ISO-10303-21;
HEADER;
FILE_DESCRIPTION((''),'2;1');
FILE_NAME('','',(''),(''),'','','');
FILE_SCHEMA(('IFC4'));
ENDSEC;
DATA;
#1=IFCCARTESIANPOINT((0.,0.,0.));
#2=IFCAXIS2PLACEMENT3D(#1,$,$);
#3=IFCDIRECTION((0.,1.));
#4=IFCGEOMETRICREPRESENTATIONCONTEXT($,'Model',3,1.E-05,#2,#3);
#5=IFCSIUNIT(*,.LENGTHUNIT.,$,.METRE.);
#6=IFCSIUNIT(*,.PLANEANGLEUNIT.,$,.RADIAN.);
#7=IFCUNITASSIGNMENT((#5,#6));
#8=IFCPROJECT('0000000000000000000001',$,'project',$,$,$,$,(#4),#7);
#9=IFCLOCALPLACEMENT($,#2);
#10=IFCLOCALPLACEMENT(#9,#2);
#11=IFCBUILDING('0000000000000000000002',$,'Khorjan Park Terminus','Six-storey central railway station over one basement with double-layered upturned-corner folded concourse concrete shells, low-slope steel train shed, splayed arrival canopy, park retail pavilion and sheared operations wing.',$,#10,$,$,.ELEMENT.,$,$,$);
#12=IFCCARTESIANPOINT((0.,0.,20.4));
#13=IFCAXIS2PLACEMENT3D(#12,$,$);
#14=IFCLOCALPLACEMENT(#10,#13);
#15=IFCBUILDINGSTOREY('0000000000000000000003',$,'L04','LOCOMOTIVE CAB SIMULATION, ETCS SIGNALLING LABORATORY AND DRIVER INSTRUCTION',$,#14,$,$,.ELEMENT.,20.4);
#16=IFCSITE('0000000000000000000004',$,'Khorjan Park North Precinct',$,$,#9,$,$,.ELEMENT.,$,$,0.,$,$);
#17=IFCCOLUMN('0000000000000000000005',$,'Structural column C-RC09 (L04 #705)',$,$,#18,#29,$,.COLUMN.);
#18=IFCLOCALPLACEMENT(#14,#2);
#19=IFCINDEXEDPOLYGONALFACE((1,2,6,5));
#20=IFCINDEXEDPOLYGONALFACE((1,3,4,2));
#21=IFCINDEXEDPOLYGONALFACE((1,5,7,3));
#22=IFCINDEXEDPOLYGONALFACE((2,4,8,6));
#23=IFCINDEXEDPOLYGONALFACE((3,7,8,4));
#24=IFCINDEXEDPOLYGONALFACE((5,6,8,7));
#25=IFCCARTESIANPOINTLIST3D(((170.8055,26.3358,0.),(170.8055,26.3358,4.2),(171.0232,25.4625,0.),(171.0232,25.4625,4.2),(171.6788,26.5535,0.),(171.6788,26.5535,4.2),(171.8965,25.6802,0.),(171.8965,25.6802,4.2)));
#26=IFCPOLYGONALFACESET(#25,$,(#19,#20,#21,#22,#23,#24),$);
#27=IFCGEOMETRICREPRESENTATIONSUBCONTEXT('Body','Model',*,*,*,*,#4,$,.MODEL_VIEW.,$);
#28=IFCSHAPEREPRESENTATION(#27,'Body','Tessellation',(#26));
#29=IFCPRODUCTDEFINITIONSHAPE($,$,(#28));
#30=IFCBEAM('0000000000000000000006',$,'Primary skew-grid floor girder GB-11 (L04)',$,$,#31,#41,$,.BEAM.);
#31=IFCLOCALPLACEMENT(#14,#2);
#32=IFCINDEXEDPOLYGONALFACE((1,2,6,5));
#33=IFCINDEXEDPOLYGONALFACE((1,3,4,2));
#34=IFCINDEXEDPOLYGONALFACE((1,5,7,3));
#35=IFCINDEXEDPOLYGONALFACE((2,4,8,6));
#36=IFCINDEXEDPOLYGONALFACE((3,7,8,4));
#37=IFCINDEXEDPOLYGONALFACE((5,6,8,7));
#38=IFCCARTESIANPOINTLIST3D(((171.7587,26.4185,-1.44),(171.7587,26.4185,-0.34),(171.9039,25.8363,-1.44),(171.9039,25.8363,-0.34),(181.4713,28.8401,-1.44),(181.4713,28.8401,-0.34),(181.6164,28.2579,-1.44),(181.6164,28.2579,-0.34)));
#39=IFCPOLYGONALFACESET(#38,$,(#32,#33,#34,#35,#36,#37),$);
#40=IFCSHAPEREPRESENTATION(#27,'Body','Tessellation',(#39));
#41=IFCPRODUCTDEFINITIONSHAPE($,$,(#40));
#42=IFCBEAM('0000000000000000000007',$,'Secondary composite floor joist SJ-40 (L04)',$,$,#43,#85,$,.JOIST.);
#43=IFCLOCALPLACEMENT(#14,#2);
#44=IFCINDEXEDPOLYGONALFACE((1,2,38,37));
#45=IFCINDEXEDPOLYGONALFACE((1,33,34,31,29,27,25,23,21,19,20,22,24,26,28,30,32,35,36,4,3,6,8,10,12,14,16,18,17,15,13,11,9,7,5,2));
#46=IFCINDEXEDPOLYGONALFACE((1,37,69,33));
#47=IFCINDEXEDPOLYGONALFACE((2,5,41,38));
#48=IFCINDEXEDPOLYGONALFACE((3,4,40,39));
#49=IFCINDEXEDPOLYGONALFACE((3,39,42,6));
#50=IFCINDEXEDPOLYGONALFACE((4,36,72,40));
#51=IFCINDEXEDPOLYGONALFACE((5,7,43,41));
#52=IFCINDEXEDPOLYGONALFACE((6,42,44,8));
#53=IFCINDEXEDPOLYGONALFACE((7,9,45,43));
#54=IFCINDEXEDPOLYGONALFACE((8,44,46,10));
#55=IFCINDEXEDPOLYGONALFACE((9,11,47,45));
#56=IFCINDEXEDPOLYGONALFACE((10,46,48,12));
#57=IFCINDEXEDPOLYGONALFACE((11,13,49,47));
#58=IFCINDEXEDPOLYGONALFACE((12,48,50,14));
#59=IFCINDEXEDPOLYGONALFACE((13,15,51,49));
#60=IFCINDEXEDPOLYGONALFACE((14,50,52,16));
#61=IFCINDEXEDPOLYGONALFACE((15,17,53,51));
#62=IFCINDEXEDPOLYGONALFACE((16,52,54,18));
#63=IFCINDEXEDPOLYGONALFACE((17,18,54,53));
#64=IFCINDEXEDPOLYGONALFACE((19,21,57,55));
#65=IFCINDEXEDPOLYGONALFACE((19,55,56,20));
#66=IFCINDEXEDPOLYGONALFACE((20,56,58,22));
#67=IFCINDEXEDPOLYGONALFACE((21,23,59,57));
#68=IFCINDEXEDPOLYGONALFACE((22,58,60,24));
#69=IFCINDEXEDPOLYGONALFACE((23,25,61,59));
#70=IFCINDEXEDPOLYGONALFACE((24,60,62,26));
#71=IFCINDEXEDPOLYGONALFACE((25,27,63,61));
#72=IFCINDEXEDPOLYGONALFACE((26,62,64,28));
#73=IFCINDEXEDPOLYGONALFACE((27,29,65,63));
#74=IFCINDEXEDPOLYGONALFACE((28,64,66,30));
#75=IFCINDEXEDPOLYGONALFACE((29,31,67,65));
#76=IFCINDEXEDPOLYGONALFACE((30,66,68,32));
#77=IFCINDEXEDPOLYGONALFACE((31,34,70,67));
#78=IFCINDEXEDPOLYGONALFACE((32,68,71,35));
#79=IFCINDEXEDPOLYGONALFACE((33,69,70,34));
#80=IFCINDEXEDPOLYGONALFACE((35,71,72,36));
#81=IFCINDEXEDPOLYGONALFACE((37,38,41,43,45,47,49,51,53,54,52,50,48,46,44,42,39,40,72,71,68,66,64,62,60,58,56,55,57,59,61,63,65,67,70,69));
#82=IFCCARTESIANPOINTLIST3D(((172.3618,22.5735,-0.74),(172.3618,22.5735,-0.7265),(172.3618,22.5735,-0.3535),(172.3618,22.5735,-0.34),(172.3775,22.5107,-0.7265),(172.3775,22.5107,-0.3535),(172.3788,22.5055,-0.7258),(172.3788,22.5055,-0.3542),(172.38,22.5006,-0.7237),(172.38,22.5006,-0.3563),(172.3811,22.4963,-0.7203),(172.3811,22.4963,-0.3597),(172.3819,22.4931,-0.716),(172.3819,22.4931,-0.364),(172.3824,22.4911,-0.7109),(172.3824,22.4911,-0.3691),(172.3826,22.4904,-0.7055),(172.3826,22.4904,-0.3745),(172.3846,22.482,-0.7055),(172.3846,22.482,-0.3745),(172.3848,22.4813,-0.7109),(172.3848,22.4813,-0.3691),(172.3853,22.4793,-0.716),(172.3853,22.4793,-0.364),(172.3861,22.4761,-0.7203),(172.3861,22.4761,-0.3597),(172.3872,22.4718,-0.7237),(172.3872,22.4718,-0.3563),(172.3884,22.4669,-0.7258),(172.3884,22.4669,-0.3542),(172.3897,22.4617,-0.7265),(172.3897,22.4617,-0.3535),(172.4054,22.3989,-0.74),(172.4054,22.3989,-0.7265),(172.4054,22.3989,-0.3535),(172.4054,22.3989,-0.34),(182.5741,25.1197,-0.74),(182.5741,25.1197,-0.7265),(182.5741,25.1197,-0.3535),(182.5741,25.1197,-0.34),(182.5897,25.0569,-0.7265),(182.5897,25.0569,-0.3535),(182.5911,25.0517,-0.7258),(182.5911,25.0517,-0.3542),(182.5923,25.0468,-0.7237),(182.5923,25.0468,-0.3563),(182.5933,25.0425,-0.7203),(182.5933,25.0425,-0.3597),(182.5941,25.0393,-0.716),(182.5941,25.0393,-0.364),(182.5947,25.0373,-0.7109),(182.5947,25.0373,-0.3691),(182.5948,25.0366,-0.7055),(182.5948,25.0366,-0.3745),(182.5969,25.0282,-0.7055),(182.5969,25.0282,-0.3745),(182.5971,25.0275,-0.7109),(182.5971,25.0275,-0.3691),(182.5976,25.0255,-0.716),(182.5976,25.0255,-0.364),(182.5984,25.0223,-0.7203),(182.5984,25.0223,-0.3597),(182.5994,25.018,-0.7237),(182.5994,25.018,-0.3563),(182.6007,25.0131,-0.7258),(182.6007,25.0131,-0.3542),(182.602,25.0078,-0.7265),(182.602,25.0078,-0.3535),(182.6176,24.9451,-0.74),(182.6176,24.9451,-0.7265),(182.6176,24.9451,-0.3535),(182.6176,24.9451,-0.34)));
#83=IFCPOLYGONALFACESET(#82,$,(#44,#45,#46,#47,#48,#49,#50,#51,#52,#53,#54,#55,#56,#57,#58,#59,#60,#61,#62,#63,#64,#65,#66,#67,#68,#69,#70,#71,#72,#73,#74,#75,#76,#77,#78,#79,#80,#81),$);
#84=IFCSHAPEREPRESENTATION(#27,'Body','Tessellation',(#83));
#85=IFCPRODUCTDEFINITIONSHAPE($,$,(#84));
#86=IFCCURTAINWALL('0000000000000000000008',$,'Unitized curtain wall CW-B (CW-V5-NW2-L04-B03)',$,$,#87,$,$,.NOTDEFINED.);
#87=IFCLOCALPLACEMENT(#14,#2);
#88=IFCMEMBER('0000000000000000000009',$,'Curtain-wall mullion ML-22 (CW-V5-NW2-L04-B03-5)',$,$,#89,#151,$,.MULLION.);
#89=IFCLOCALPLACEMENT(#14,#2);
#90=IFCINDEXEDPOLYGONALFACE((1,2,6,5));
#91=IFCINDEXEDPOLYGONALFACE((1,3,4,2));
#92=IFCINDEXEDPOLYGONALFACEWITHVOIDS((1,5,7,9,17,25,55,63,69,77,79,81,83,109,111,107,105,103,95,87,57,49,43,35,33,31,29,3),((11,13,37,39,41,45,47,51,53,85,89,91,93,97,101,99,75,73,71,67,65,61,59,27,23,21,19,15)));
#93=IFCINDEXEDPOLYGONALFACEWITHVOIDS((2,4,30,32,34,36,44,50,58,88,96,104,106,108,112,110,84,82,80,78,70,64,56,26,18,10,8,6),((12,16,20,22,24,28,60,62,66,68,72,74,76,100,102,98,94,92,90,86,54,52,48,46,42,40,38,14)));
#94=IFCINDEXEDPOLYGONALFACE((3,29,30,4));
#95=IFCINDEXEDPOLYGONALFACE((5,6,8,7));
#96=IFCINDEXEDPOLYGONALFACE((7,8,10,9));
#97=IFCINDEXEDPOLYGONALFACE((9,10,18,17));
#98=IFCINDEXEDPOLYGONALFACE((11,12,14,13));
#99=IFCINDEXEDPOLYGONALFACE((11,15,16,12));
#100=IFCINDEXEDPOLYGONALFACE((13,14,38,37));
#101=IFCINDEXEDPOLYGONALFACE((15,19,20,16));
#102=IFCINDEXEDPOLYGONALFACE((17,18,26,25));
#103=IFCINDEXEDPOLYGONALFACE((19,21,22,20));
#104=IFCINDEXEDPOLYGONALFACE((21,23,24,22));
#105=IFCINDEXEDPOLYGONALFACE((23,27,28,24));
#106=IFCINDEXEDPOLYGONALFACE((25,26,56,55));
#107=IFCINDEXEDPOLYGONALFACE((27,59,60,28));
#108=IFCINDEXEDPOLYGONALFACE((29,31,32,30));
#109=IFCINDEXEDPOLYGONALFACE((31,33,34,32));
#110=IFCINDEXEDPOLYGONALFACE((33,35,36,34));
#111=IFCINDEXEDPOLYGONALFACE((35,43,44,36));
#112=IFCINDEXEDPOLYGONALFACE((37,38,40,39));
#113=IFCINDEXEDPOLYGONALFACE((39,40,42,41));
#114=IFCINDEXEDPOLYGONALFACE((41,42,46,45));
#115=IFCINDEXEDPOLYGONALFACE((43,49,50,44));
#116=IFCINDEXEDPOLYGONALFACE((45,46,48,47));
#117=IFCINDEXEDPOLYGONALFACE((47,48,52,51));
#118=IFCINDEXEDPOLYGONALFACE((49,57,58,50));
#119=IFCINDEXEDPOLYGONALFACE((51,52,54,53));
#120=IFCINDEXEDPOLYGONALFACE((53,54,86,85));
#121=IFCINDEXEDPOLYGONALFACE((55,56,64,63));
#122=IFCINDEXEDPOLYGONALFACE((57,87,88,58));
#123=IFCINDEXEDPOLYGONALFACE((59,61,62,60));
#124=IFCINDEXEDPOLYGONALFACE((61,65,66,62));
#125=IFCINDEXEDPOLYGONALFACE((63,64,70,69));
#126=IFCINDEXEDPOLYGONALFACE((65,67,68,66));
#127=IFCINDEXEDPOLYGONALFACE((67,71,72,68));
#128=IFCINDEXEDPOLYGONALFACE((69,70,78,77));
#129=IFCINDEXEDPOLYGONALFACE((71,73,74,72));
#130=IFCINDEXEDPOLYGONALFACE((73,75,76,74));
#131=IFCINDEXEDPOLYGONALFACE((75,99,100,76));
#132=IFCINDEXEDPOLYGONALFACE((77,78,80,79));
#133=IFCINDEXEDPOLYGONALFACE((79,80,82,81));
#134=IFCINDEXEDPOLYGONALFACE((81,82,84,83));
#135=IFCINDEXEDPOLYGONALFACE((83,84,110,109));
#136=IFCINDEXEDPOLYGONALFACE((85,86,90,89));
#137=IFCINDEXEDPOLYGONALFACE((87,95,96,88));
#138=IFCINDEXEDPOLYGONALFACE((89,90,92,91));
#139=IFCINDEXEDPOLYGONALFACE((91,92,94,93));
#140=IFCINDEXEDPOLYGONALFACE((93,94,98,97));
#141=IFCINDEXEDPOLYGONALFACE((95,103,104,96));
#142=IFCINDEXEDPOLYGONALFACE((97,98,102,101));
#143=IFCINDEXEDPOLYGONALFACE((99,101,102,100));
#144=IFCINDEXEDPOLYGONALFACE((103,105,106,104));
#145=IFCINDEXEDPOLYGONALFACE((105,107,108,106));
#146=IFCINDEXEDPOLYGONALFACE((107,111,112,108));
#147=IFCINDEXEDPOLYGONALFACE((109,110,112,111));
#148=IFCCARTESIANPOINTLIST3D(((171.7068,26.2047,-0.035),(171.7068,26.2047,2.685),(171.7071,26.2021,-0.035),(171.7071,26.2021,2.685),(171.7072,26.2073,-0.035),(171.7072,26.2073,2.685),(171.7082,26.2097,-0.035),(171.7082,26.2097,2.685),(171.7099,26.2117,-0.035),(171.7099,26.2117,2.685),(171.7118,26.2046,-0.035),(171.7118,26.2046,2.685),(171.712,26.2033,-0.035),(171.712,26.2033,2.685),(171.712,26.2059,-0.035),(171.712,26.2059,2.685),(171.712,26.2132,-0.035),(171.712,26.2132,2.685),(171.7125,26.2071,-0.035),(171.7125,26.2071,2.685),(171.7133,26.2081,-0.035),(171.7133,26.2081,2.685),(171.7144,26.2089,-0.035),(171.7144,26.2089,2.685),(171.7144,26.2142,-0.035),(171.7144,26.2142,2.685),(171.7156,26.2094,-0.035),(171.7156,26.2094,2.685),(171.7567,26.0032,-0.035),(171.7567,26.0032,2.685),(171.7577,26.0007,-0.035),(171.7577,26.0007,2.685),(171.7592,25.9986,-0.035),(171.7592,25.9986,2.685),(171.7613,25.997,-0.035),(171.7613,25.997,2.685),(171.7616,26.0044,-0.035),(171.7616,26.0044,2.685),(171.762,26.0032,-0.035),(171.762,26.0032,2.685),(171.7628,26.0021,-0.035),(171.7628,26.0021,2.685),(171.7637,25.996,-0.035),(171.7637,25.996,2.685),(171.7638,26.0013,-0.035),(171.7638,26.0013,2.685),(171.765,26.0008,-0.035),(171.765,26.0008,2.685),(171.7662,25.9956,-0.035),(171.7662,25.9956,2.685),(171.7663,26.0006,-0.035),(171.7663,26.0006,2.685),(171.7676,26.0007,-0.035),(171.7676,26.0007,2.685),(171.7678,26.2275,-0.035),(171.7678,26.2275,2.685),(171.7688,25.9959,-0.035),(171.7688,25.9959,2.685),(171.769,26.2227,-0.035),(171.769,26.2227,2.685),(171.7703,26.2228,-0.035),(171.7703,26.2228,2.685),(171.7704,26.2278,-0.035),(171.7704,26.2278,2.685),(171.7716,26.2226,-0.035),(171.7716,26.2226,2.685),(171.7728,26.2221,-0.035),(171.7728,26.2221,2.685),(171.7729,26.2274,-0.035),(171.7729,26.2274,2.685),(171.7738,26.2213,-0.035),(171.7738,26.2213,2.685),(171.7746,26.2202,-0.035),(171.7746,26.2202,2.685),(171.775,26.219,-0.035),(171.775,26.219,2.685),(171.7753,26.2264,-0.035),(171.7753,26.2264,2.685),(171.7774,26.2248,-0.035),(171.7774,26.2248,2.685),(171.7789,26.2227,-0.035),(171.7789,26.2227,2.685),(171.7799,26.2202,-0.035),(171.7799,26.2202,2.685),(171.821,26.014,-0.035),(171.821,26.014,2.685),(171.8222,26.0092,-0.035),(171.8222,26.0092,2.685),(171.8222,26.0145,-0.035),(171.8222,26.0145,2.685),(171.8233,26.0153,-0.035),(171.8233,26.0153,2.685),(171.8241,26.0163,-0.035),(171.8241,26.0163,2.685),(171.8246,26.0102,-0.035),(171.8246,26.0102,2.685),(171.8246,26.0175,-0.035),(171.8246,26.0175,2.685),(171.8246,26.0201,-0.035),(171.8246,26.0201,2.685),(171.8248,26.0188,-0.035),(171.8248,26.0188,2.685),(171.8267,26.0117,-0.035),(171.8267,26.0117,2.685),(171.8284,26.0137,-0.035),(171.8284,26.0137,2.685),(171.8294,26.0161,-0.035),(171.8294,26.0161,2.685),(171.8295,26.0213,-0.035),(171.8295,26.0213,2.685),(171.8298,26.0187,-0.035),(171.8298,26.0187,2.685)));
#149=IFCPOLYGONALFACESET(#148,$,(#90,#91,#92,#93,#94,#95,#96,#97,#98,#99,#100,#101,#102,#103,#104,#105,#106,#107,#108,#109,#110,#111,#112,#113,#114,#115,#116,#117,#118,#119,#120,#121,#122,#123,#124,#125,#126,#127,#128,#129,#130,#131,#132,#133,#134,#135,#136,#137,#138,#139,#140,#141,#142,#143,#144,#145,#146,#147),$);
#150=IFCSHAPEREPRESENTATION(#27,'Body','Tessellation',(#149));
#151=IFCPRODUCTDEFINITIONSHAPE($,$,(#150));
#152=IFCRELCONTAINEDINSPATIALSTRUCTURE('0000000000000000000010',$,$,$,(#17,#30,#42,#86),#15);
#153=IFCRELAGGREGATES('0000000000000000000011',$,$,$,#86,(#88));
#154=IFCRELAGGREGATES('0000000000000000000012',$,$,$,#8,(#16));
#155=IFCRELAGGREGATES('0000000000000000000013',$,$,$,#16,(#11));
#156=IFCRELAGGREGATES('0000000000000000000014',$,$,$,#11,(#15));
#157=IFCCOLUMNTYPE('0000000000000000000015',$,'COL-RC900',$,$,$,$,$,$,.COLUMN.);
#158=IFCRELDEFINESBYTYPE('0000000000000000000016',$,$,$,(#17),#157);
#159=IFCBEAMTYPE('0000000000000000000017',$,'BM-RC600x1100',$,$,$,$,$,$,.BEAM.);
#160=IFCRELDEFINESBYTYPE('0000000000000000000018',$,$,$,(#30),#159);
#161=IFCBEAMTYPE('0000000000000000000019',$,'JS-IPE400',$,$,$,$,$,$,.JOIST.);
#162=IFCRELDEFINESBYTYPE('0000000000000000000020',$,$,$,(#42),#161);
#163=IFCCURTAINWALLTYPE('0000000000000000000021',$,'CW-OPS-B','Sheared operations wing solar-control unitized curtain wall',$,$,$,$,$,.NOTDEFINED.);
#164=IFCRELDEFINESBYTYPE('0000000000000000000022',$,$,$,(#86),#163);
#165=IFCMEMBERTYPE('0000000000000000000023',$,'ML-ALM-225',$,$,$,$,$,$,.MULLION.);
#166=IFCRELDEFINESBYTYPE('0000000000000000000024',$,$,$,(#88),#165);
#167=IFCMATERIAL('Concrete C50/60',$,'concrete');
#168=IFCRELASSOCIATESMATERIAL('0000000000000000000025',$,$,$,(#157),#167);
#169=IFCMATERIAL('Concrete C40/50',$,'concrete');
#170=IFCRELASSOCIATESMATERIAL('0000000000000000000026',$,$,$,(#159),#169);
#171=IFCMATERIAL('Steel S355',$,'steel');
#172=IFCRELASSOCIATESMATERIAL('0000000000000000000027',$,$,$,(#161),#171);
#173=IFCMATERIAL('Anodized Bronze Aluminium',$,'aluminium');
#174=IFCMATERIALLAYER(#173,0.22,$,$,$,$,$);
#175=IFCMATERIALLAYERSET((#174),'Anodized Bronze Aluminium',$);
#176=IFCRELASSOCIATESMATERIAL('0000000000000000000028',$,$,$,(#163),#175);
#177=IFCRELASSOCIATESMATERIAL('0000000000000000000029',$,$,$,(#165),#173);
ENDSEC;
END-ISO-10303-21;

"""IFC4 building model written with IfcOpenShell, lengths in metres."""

from ifc_helpers import new_model, si_unit, direction, frame, origin, origin_2d, place, context, subcontext, project, spatial, rectangle, hollow_rectangle, i_section, extrude, material, layer, layer_set, material_profile, profile_set, type_object, element, aggregate, save


model = new_model("IFC4")

# Units and contexts
model_context = context("Model", 3, precision=1e-05, world=origin(), true_north=direction((0.0, 1.0)))
body_context = subcontext(model_context, "Body", "Model", "MODEL_VIEW")
ifc_project = project(units=[si_unit("LENGTHUNIT", "METRE"), si_unit("PLANEANGLEUNIT", "RADIAN")], contexts=[model_context])

# Site, building, storey
site_placement = place(None, origin())
site = spatial("IfcSite", under=ifc_project, at=site_placement, Name="Khorjan Park North Precinct", CompositionType="ELEMENT", RefElevation=0.0)
building_placement = place(site_placement, origin())
building = spatial("IfcBuilding", under=site, at=building_placement, Name="Khorjan Park Terminus", Description="Six-storey central railway station over one basement with double-layered upturned-corner folded concourse concrete shells, low-slope steel train shed, splayed arrival canopy, park retail pavilion and sheared operations wing.", CompositionType="ELEMENT")
storey_placement = place(building_placement, frame((0.0, 0.0, 20.4)))
storey = spatial("IfcBuildingStorey", under=building, at=storey_placement, Name="L04", Description="LOCOMOTIVE CAB SIMULATION, ETCS SIGNALLING LABORATORY AND DRIVER INSTRUCTION", CompositionType="ELEMENT", Elevation=20.4)

# Column
ifc_material_1 = material(Name="Concrete C50/60", Category="concrete")
ifc_material_profile_1 = material_profile(ifc_material_1, rectangle(XDim=0.9, YDim=0.9, at=origin_2d()), Name="RC 900x900")
ifc_profile_set_1 = profile_set([ifc_material_profile_1], Name="Concrete C50/60")
column_type = type_object("IfcColumnType", Name="COL-RC900", PredefinedType="COLUMN", material=ifc_profile_set_1)
column_placement = place(storey_placement, frame((171.351, 26.008, 0.0), z_axis=(0.0, 0.0, 1.0), x_axis=(0.970296, 0.241922, 0.0)))
element("IfcColumn", 1, at=column_placement, inside=storey, type_object=column_type, Name="Structural column C-RC09 (L04 #705)", PredefinedType="COLUMN", context=body_context, shape_type="SweptSolid", body=[
    extrude(rectangle(XDim=0.9, YDim=0.9, at=origin_2d()), origin(), (0.0, 0.0, 1.0), 4.2),
])

# Beams
ifc_material_2 = material(Name="Concrete C40/50", Category="concrete")
ifc_material_profile_2 = material_profile(ifc_material_2, rectangle(XDim=0.6, YDim=1.1, at=origin_2d()), Name="RC 600x1100")
ifc_profile_set_2 = profile_set([ifc_material_profile_2], Name="Concrete C40/50")
beam_type_1 = type_object("IfcBeamType", Name="BM-RC600x1100", PredefinedType="BEAM", material=ifc_profile_set_2)
beam_1_placement = place(storey_placement, frame((171.8313, 26.1274, -0.89), z_axis=(0.970296, 0.24192, 0.0), x_axis=(-0.24192, 0.970296, 0.0)))
element("IfcBeam", 2, at=beam_1_placement, inside=storey, type_object=beam_type_1, Name="Primary skew-grid floor girder GB-11 (L04)", PredefinedType="BEAM", context=body_context, shape_type="SweptSolid", body=[
    extrude(rectangle(XDim=0.6, YDim=1.1, at=origin_2d()), origin(), (0.0, 0.0, 1.0), 10.0099),
])
ifc_material_3 = material(Name="Steel S355", Category="steel")
ifc_material_profile_3 = material_profile(ifc_material_3, i_section(OverallWidth=0.18, OverallDepth=0.4, WebThickness=0.0086, FlangeThickness=0.0135, FilletRadius=0.021, at=origin_2d()), Name="IPE 400")
ifc_profile_set_3 = profile_set([ifc_material_profile_3], Name="Steel S355")
beam_type_2 = type_object("IfcBeamType", Name="JS-IPE400", PredefinedType="JOIST", material=ifc_profile_set_3)
beam_2_placement = place(storey_placement, frame((172.3836, 22.4862, -0.54), z_axis=(0.970296, 0.241921, 0.0), x_axis=(-0.241921, 0.970296, 0.0)))
element("IfcBeam", 3, at=beam_2_placement, inside=storey, type_object=beam_type_2, Name="Secondary composite floor joist SJ-40 (L04)", PredefinedType="JOIST", context=body_context, shape_type="SweptSolid", body=[
    extrude(i_section(OverallWidth=0.18, OverallDepth=0.4, WebThickness=0.0086, FlangeThickness=0.0135, FilletRadius=0.021, at=origin_2d()), origin(), (0.0, 0.0, 1.0), 10.5249),
])

# Curtain wall, member
ifc_material_4 = material(Name="Anodized Bronze Aluminium", Category="aluminium")
ifc_layer_1 = layer(ifc_material_4, 0.22)
ifc_layer_set_1 = layer_set([ifc_layer_1], Name="Anodized Bronze Aluminium")
curtain_wall_type = type_object("IfcCurtainWallType", Name="CW-OPS-B", Description="Sheared operations wing solar-control unitized curtain wall", PredefinedType="NOTDEFINED", material=ifc_layer_set_1)
curtain_wall_1_placement = place(storey_placement, origin())
curtain_wall_1 = element("IfcCurtainWall", 4, at=curtain_wall_1_placement, inside=storey, type_object=curtain_wall_type, Name="Unitized curtain wall CW-B (CW-V5-NW2-L04-B03)", PredefinedType="NOTDEFINED")
ifc_material_profile_4 = material_profile(ifc_material_4, hollow_rectangle(XDim=0.075, YDim=0.225, WallThickness=0.005, InnerFilletRadius=0.005, OuterFilletRadius=0.01, at=origin_2d()), Name="ALM 75x225x5")
ifc_profile_set_4 = profile_set([ifc_material_profile_4], Name="Anodized Bronze Aluminium")
member_type_1 = type_object("IfcMemberType", Name="ML-ALM-225", PredefinedType="MULLION", material=ifc_profile_set_4)
member_1_placement = place(storey_placement, frame((171.7683, 26.1117, -0.035), z_axis=(0.0, 0.0, 1.0), x_axis=(-0.970296, -0.241921, 0.0)))
member_1 = element("IfcMember", 5, at=member_1_placement, type_object=member_type_1, Name="Curtain-wall mullion ML-22 (CW-V5-NW2-L04-B03-5)", PredefinedType="MULLION", context=body_context, shape_type="SweptSolid", body=[
    extrude(hollow_rectangle(XDim=0.075, YDim=0.225, WallThickness=0.005, InnerFilletRadius=0.005, OuterFilletRadius=0.01, at=origin_2d()), origin(), (0.0, 0.0, 1.0), 2.72),
])

aggregate(curtain_wall_1, [member_1])

save(model, "model.ifc")
